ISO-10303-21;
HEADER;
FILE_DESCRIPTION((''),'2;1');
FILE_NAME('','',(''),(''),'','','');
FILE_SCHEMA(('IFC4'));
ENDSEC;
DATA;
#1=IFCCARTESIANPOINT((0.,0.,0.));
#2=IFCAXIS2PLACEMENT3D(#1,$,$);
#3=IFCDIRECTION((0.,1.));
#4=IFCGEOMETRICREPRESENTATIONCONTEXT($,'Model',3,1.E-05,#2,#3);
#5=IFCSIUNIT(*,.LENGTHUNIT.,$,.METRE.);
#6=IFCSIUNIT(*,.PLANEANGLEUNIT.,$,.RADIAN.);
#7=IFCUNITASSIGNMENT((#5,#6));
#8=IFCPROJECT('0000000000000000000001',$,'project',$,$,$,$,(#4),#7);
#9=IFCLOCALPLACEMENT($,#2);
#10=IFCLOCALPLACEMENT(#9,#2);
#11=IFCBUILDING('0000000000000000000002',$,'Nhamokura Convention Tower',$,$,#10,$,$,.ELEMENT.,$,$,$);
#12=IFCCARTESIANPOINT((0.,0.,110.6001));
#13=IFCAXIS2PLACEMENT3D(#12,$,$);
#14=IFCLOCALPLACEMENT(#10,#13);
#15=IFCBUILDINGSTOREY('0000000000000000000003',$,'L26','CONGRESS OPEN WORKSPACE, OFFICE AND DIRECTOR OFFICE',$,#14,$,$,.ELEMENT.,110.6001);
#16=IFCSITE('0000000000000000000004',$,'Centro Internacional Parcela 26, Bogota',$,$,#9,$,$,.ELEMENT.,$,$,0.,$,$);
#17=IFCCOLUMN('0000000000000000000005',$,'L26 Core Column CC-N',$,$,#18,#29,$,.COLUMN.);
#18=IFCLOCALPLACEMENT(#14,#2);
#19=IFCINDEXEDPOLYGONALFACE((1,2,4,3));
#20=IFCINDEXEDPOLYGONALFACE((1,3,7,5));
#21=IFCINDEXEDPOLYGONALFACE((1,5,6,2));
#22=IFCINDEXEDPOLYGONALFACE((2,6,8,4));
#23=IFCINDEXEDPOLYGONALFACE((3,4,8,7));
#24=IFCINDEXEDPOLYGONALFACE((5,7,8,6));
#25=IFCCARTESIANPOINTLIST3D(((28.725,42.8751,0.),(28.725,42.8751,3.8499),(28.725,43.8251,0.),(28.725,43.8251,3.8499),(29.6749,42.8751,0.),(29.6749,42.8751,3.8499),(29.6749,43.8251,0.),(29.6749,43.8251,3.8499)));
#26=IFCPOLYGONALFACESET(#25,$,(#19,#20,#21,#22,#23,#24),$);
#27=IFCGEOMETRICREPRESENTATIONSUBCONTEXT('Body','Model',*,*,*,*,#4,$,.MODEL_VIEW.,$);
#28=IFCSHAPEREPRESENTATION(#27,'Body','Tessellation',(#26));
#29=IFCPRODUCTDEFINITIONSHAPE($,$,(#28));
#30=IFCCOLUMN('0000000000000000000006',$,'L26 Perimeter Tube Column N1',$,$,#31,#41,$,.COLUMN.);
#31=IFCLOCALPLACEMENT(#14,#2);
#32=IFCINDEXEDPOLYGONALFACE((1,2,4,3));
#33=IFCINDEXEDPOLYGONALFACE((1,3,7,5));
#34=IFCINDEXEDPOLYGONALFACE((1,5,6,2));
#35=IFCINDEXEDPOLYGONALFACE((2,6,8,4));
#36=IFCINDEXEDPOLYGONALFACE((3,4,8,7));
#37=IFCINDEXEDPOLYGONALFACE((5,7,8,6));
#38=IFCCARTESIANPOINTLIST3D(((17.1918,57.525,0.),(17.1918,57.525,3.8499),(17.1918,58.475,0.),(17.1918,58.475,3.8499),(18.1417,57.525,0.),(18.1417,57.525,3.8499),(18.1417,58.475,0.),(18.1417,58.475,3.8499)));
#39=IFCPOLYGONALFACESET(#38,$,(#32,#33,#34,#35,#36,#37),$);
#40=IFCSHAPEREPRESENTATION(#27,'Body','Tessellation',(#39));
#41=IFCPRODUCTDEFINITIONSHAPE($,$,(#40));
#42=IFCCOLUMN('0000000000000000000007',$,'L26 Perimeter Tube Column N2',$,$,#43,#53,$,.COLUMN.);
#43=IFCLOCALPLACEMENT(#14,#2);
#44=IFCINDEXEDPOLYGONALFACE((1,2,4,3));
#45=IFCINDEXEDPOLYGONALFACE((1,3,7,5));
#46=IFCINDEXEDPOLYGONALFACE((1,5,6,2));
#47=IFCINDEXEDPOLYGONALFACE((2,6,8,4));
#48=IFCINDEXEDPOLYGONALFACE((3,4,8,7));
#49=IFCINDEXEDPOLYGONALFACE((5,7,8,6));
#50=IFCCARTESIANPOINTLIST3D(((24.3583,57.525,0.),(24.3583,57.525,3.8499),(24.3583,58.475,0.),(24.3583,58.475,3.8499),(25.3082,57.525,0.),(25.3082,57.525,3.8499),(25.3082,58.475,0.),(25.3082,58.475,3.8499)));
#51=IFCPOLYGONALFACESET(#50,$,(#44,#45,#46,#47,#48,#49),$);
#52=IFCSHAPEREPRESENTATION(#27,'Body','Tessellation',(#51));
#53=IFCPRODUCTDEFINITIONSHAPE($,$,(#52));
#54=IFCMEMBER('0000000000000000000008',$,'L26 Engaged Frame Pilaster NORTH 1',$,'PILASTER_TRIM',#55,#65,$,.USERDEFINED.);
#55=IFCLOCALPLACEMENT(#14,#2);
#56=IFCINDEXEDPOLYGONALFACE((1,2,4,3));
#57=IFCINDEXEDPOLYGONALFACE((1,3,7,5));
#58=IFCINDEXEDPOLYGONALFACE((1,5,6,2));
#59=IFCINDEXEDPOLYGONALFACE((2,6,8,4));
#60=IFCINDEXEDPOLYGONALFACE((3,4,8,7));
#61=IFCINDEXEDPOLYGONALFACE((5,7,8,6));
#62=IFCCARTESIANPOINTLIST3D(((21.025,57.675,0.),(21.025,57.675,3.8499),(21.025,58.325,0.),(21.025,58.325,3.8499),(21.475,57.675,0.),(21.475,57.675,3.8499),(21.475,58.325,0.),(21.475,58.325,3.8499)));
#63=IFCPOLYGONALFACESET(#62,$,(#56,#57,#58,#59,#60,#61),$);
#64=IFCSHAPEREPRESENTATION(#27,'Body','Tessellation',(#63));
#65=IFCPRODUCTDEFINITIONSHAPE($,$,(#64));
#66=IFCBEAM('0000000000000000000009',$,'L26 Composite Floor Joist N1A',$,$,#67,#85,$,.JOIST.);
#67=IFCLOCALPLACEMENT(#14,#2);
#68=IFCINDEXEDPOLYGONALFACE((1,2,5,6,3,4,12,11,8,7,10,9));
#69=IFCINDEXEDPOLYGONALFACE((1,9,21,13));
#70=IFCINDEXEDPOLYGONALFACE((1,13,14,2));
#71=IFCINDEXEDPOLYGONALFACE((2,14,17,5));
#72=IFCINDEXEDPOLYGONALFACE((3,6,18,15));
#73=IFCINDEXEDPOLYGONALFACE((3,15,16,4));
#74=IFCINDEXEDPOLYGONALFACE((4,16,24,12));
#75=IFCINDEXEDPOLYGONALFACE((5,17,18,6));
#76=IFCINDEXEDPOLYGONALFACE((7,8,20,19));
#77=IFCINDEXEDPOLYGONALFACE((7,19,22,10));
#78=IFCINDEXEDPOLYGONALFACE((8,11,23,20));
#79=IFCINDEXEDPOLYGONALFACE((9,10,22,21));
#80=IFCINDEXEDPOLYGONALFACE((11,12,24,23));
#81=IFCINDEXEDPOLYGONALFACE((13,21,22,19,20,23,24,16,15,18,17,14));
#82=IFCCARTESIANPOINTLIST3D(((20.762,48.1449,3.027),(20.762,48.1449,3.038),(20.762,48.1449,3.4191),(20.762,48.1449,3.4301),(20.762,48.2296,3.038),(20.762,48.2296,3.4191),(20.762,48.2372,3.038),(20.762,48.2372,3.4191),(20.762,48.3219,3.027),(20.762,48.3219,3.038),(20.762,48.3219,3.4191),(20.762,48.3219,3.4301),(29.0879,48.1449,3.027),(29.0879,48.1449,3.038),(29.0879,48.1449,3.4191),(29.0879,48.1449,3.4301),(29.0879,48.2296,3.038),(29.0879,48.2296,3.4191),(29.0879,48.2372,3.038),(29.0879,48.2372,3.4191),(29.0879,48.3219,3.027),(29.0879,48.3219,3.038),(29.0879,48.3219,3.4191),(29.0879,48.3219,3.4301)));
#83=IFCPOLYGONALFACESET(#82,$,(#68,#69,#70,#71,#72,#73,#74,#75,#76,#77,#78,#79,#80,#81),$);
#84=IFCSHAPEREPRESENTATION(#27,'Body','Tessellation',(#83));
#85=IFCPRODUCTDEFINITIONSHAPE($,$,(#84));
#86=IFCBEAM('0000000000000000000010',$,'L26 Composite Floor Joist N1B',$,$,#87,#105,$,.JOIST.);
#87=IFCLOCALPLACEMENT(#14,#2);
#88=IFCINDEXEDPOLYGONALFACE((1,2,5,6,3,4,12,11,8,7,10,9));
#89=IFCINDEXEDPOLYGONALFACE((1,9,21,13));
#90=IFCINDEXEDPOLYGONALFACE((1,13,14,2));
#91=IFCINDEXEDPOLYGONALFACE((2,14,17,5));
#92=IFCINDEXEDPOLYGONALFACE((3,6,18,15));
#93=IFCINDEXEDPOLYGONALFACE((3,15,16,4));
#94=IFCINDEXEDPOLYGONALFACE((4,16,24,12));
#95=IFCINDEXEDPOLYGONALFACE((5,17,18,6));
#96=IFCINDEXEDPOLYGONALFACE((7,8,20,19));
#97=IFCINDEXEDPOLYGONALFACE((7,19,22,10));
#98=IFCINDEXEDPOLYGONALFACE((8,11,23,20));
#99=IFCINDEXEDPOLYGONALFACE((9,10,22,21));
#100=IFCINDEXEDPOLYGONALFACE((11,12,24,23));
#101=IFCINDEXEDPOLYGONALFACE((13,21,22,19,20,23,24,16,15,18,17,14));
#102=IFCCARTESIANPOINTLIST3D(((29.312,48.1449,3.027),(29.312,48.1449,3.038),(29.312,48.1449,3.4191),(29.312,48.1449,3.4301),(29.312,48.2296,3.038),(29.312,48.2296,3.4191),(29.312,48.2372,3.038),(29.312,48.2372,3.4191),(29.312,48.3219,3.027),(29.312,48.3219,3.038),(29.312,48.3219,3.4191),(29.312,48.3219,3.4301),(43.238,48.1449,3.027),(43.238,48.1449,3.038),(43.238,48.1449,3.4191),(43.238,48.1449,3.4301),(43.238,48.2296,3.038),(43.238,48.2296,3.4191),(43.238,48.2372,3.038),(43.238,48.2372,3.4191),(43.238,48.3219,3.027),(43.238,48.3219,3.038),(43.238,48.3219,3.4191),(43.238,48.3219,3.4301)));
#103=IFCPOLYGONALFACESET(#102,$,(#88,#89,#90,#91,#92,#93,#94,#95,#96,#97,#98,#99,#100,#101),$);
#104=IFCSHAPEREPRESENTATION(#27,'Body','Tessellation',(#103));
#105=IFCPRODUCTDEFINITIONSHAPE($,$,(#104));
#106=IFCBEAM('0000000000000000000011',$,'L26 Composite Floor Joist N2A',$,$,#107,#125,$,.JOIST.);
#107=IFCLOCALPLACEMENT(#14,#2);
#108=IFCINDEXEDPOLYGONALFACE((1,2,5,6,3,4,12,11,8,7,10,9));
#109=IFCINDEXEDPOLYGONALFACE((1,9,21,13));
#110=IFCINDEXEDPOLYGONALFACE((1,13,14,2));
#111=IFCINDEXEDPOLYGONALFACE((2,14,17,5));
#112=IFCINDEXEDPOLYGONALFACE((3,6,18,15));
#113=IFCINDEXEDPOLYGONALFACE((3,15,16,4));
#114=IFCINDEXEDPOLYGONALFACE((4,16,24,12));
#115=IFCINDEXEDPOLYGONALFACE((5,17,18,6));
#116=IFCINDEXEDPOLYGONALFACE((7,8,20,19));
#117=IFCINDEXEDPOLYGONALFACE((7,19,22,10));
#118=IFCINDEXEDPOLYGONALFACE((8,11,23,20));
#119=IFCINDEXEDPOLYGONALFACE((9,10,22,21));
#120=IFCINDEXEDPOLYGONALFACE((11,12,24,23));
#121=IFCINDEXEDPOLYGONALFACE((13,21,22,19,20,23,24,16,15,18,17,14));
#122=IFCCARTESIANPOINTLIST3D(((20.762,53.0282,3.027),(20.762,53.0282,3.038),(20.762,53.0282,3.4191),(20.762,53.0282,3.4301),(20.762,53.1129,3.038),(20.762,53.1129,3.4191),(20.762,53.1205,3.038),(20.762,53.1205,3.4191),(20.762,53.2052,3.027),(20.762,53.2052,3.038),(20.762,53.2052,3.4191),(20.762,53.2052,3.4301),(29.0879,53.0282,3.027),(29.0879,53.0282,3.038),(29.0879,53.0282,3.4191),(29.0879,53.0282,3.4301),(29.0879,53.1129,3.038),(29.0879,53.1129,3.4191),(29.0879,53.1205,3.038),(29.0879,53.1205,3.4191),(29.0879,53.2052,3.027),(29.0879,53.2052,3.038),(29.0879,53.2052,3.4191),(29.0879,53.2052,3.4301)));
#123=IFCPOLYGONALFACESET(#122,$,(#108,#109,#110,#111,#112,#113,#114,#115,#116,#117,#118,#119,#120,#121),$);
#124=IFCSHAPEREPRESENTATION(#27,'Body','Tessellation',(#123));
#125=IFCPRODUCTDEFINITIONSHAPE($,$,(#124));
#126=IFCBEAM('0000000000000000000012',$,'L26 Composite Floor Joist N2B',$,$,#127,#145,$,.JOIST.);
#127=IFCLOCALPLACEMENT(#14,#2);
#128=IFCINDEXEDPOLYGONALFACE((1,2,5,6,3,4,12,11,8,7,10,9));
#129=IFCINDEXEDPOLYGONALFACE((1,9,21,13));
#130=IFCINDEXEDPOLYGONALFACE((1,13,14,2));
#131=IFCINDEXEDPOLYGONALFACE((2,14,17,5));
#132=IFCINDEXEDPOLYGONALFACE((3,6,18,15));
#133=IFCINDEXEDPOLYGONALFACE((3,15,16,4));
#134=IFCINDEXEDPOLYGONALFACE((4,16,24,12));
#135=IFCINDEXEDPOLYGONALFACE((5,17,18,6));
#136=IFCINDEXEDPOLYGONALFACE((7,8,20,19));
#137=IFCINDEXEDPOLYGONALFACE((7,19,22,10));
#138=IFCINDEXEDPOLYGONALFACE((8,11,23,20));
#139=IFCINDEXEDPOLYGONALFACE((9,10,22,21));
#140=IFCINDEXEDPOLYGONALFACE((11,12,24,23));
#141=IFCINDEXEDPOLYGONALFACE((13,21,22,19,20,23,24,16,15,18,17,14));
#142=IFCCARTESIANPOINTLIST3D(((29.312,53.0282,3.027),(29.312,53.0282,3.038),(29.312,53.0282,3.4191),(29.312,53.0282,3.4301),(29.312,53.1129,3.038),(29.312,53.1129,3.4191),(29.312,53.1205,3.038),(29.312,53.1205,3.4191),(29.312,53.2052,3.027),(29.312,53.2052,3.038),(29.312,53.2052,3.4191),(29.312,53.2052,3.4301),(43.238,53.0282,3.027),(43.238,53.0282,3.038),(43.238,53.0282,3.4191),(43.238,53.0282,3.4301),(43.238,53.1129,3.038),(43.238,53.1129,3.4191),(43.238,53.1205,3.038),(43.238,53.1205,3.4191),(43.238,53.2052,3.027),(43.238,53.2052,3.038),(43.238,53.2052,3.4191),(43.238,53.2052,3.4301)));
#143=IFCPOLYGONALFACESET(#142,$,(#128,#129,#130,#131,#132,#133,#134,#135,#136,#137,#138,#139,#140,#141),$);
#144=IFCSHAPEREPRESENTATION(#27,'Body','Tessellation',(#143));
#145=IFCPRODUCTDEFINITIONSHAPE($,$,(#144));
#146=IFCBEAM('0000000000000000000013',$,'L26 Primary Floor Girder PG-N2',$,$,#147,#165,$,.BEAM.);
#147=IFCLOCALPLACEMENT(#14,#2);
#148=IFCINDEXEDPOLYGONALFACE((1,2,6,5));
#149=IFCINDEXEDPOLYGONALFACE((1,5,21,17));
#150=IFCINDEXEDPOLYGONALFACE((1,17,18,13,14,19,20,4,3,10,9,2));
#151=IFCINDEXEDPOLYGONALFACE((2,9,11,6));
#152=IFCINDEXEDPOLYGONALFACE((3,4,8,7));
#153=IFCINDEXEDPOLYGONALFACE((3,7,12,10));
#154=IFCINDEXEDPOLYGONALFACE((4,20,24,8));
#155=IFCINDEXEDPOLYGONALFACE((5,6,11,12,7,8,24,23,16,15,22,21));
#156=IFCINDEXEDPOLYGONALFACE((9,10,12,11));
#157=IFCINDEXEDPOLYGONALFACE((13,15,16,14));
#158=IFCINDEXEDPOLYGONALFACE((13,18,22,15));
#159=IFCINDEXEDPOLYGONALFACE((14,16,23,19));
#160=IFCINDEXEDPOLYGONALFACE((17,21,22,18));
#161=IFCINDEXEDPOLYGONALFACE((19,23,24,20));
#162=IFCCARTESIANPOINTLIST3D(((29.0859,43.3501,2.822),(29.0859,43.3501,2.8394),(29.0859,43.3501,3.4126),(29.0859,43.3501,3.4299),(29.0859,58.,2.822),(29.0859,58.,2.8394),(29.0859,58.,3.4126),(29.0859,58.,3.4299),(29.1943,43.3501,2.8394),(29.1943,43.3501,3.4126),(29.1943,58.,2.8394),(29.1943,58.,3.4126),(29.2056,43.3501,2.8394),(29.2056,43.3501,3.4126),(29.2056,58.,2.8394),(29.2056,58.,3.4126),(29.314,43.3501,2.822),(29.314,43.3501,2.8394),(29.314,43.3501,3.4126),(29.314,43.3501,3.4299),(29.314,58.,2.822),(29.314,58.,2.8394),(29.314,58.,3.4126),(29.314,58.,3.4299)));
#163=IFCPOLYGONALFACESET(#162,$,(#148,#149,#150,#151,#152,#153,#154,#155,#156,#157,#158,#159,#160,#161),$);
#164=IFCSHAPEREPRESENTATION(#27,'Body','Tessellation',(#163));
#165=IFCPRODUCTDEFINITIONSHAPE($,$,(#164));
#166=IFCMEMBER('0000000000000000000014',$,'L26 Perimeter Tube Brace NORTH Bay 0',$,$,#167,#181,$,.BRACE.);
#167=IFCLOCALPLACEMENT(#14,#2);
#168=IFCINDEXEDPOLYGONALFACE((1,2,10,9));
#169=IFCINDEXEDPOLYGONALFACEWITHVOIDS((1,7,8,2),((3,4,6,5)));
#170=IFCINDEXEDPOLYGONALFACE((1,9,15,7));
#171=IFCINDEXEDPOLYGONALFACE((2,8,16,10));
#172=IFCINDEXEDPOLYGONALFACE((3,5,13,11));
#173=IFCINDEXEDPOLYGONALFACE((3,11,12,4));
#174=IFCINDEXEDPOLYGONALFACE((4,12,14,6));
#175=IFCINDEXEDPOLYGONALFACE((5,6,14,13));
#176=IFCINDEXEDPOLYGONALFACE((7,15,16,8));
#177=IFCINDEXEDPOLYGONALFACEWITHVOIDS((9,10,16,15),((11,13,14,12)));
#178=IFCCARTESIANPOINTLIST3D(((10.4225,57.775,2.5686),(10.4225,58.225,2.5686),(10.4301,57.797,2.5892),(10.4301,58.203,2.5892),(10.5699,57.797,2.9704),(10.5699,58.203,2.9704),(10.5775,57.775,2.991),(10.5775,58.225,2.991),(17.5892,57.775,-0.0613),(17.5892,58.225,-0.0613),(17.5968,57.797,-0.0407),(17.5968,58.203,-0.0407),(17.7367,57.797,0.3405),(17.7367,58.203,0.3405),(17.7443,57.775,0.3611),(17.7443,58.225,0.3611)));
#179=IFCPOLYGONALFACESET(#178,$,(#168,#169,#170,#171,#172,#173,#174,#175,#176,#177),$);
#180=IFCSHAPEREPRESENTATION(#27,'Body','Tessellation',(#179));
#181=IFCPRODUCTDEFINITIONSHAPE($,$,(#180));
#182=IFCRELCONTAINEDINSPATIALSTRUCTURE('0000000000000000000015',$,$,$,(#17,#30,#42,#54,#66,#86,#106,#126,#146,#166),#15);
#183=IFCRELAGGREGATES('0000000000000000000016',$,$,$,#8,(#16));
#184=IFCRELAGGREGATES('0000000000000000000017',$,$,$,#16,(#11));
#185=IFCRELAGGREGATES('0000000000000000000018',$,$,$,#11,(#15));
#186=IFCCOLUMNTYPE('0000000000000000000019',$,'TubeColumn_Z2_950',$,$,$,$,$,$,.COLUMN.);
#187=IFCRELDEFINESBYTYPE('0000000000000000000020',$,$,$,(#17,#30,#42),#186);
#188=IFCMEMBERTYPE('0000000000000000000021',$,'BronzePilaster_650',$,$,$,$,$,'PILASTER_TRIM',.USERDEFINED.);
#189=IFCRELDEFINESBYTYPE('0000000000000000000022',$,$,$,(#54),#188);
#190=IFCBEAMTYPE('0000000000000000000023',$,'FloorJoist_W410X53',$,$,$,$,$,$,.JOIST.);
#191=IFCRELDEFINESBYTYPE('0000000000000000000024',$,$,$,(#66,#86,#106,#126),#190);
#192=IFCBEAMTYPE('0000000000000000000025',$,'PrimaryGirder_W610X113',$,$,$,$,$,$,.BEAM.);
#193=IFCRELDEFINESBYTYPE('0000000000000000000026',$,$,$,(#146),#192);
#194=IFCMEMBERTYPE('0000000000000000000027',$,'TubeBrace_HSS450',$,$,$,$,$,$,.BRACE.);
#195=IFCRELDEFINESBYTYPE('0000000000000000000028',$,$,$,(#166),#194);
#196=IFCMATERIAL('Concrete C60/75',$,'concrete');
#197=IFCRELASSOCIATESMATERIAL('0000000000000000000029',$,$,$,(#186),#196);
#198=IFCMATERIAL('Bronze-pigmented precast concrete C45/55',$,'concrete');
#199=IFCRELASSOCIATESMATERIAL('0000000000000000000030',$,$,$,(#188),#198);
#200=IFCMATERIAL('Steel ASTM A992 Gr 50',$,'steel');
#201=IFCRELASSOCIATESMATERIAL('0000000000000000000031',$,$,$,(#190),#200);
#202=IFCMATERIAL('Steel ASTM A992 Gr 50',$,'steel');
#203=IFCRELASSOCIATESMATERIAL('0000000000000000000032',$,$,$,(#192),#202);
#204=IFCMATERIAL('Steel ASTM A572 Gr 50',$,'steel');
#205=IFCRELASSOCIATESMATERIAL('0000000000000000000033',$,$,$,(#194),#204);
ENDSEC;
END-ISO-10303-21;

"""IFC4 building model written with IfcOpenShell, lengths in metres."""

from ifc_helpers import new_model, si_unit, direction, frame, origin, origin_2d, place, context, subcontext, project, spatial, rectangle, hollow_rectangle, i_section, extrude, material, material_profile, profile_set, type_object, element, save


model = new_model("IFC4")

# Units and contexts
model_context = context("Model", 3, precision=1e-05, world=origin(), true_north=direction((0.0, 1.0)))
body_context = subcontext(model_context, "Body", "Model", "MODEL_VIEW")
ifc_project = project(units=[si_unit("LENGTHUNIT", "METRE"), si_unit("PLANEANGLEUNIT", "RADIAN")], contexts=[model_context])

# Site, building, storey
site_placement = place(None, origin())
site = spatial("IfcSite", under=ifc_project, at=site_placement, Name="Centro Internacional Parcela 26, Bogota", CompositionType="ELEMENT", RefElevation=0.0)
building_placement = place(site_placement, origin())
building = spatial("IfcBuilding", under=site, at=building_placement, Name="Nhamokura Convention Tower", CompositionType="ELEMENT")
storey_placement = place(building_placement, frame((0.0, 0.0, 110.6001)))
storey = spatial("IfcBuildingStorey", under=building, at=storey_placement, Name="L26", Description="CONGRESS OPEN WORKSPACE, OFFICE AND DIRECTOR OFFICE", CompositionType="ELEMENT", Elevation=110.6001)

# Columns
ifc_material_1 = material(Name="Concrete C60/75", Category="concrete")
ifc_material_profile_1 = material_profile(ifc_material_1, rectangle(XDim=0.95, YDim=0.95, at=origin_2d()))
ifc_profile_set_1 = profile_set([ifc_material_profile_1], Name="Concrete C60/75")
column_type = type_object("IfcColumnType", Name="TubeColumn_Z2_950", PredefinedType="COLUMN", material=ifc_profile_set_1)
for number, where, z_axis, x_axis, name in (
    (1, (29.2, 43.3501, 0.0), (0.0, 0.0, 1.0), (1.0, 0.0, 0.0), "L26 Core Column CC-N"),
    (2, (17.6667, 58.0, 0.0), (0.0, 0.0, 1.0), (1.0, 0.0, 0.0), "L26 Perimeter Tube Column N1"),
    (3, (24.8333, 58.0, 0.0), (0.0, 0.0, 1.0), (1.0, 0.0, 0.0), "L26 Perimeter Tube Column N2"),
):
    element("IfcColumn", number, at=place(storey_placement, frame(where, z_axis=z_axis, x_axis=x_axis)), inside=storey, type_object=column_type, Name=name, PredefinedType="COLUMN", context=body_context, shape_type="SweptSolid", body=[
        extrude(rectangle(XDim=0.95, YDim=0.95, at=origin_2d()), origin(), (0.0, 0.0, 1.0), 3.8499),
    ])

# Member
ifc_material_2 = material(Name="Bronze-pigmented precast concrete C45/55", Category="concrete")
ifc_material_profile_2 = material_profile(ifc_material_2, rectangle(XDim=0.45, YDim=0.6499, at=origin_2d()))
ifc_profile_set_2 = profile_set([ifc_material_profile_2], Name="Bronze-pigmented precast concrete C45/55")
member_type_1 = type_object("IfcMemberType", Name="BronzePilaster_650", ElementType="PILASTER_TRIM", PredefinedType="USERDEFINED", material=ifc_profile_set_2)
member_1_placement = place(storey_placement, frame((21.25, 58.0, 0.0), z_axis=(0.0, 0.0, 1.0), x_axis=(1.0, 0.0, 0.0)))
element("IfcMember", 4, at=member_1_placement, inside=storey, type_object=member_type_1, Name="L26 Engaged Frame Pilaster NORTH 1", ObjectType="PILASTER_TRIM", PredefinedType="USERDEFINED", context=body_context, shape_type="SweptSolid", body=[
    extrude(rectangle(XDim=0.45, YDim=0.6499, at=origin_2d()), origin(), (0.0, 0.0, 1.0), 3.8499),
])

# Beams
ifc_material_3 = material(Name="Steel ASTM A992 Gr 50", Category="steel")
ifc_material_profile_3 = material_profile(ifc_material_3, i_section(OverallWidth=0.177, OverallDepth=0.4031, WebThickness=0.0076, FlangeThickness=0.011, at=origin_2d()))
ifc_profile_set_3 = profile_set([ifc_material_profile_3], Name="Steel ASTM A992 Gr 50")
beam_type_1 = type_object("IfcBeamType", Name="FloorJoist_W410X53", PredefinedType="JOIST", material=ifc_profile_set_3)
beam_1_placement = place(storey_placement, frame((20.762, 48.2334, 3.2285), z_axis=(1.0, 0.0, 0.0), x_axis=(0.0, 1.0, 0.0)))
element("IfcBeam", 5, at=beam_1_placement, inside=storey, type_object=beam_type_1, Name="L26 Composite Floor Joist N1A", PredefinedType="JOIST", context=body_context, shape_type="SweptSolid", body=[
    extrude(i_section(OverallWidth=0.177, OverallDepth=0.4031, WebThickness=0.0076, FlangeThickness=0.011, at=origin_2d()), origin(), (0.0, 0.0, 1.0), 8.3259),
])
beam_2_placement = place(storey_placement, frame((29.312, 48.2334, 3.2285), z_axis=(1.0, 0.0, 0.0), x_axis=(0.0, 1.0, 0.0)))
element("IfcBeam", 6, at=beam_2_placement, inside=storey, type_object=beam_type_1, Name="L26 Composite Floor Joist N1B", PredefinedType="JOIST", context=body_context, shape_type="SweptSolid", body=[
    extrude(i_section(OverallWidth=0.177, OverallDepth=0.4031, WebThickness=0.0076, FlangeThickness=0.011, at=origin_2d()), origin(), (0.0, 0.0, 1.0), 13.926),
])
beam_3_placement = place(storey_placement, frame((20.762, 53.1167, 3.2285), z_axis=(1.0, 0.0, 0.0), x_axis=(0.0, 1.0, 0.0)))
element("IfcBeam", 7, at=beam_3_placement, inside=storey, type_object=beam_type_1, Name="L26 Composite Floor Joist N2A", PredefinedType="JOIST", context=body_context, shape_type="SweptSolid", body=[
    extrude(i_section(OverallWidth=0.177, OverallDepth=0.4031, WebThickness=0.0076, FlangeThickness=0.011, at=origin_2d()), origin(), (0.0, 0.0, 1.0), 8.3259),
])
beam_4_placement = place(storey_placement, frame((29.312, 53.1167, 3.2285), z_axis=(1.0, 0.0, 0.0), x_axis=(0.0, 1.0, 0.0)))
element("IfcBeam", 8, at=beam_4_placement, inside=storey, type_object=beam_type_1, Name="L26 Composite Floor Joist N2B", PredefinedType="JOIST", context=body_context, shape_type="SweptSolid", body=[
    extrude(i_section(OverallWidth=0.177, OverallDepth=0.4031, WebThickness=0.0076, FlangeThickness=0.011, at=origin_2d()), origin(), (0.0, 0.0, 1.0), 13.926),
])
ifc_material_4 = material(Name="Steel ASTM A992 Gr 50", Category="steel")
ifc_material_profile_4 = material_profile(ifc_material_4, i_section(OverallWidth=0.228, OverallDepth=0.6079, WebThickness=0.0112, FlangeThickness=0.0173, at=origin_2d()))
ifc_profile_set_4 = profile_set([ifc_material_profile_4], Name="Steel ASTM A992 Gr 50")
beam_type_2 = type_object("IfcBeamType", Name="PrimaryGirder_W610X113", PredefinedType="BEAM", material=ifc_profile_set_4)
beam_5_placement = place(storey_placement, frame((29.2, 43.3501, 3.126), z_axis=(0.0, 1.0, 0.0), x_axis=(-1.0, 0.0, 0.0)))
element("IfcBeam", 9, at=beam_5_placement, inside=storey, type_object=beam_type_2, Name="L26 Primary Floor Girder PG-N2", PredefinedType="BEAM", context=body_context, shape_type="SweptSolid", body=[
    extrude(i_section(OverallWidth=0.228, OverallDepth=0.6079, WebThickness=0.0112, FlangeThickness=0.0173, at=origin_2d()), origin(), (0.0, 0.0, 1.0), 14.6499),
])

# Member
ifc_material_5 = material(Name="Steel ASTM A572 Gr 50", Category="steel")
ifc_material_profile_5 = material_profile(ifc_material_5, hollow_rectangle(XDim=0.45, YDim=0.45, WallThickness=0.022, at=origin_2d()))
ifc_profile_set_5 = profile_set([ifc_material_profile_5], Name="Steel ASTM A572 Gr 50")
member_type_2 = type_object("IfcMemberType", Name="TubeBrace_HSS450", PredefinedType="BRACE", material=ifc_profile_set_5)
member_2_placement = place(storey_placement, frame((17.6667, 58.0, 0.1499), z_axis=(-0.938788, 0.0, 0.344494), x_axis=(0.0, -1.0, 0.0)))
element("IfcMember", 10, at=member_2_placement, inside=storey, type_object=member_type_2, Name="L26 Perimeter Tube Brace NORTH Bay 0", PredefinedType="BRACE", context=body_context, shape_type="SweptSolid", body=[
    extrude(hollow_rectangle(XDim=0.45, YDim=0.45, WallThickness=0.022, at=origin_2d()), origin(), (0.0, 0.0, 1.0), 7.634),
])

save(model, "model.ifc")
